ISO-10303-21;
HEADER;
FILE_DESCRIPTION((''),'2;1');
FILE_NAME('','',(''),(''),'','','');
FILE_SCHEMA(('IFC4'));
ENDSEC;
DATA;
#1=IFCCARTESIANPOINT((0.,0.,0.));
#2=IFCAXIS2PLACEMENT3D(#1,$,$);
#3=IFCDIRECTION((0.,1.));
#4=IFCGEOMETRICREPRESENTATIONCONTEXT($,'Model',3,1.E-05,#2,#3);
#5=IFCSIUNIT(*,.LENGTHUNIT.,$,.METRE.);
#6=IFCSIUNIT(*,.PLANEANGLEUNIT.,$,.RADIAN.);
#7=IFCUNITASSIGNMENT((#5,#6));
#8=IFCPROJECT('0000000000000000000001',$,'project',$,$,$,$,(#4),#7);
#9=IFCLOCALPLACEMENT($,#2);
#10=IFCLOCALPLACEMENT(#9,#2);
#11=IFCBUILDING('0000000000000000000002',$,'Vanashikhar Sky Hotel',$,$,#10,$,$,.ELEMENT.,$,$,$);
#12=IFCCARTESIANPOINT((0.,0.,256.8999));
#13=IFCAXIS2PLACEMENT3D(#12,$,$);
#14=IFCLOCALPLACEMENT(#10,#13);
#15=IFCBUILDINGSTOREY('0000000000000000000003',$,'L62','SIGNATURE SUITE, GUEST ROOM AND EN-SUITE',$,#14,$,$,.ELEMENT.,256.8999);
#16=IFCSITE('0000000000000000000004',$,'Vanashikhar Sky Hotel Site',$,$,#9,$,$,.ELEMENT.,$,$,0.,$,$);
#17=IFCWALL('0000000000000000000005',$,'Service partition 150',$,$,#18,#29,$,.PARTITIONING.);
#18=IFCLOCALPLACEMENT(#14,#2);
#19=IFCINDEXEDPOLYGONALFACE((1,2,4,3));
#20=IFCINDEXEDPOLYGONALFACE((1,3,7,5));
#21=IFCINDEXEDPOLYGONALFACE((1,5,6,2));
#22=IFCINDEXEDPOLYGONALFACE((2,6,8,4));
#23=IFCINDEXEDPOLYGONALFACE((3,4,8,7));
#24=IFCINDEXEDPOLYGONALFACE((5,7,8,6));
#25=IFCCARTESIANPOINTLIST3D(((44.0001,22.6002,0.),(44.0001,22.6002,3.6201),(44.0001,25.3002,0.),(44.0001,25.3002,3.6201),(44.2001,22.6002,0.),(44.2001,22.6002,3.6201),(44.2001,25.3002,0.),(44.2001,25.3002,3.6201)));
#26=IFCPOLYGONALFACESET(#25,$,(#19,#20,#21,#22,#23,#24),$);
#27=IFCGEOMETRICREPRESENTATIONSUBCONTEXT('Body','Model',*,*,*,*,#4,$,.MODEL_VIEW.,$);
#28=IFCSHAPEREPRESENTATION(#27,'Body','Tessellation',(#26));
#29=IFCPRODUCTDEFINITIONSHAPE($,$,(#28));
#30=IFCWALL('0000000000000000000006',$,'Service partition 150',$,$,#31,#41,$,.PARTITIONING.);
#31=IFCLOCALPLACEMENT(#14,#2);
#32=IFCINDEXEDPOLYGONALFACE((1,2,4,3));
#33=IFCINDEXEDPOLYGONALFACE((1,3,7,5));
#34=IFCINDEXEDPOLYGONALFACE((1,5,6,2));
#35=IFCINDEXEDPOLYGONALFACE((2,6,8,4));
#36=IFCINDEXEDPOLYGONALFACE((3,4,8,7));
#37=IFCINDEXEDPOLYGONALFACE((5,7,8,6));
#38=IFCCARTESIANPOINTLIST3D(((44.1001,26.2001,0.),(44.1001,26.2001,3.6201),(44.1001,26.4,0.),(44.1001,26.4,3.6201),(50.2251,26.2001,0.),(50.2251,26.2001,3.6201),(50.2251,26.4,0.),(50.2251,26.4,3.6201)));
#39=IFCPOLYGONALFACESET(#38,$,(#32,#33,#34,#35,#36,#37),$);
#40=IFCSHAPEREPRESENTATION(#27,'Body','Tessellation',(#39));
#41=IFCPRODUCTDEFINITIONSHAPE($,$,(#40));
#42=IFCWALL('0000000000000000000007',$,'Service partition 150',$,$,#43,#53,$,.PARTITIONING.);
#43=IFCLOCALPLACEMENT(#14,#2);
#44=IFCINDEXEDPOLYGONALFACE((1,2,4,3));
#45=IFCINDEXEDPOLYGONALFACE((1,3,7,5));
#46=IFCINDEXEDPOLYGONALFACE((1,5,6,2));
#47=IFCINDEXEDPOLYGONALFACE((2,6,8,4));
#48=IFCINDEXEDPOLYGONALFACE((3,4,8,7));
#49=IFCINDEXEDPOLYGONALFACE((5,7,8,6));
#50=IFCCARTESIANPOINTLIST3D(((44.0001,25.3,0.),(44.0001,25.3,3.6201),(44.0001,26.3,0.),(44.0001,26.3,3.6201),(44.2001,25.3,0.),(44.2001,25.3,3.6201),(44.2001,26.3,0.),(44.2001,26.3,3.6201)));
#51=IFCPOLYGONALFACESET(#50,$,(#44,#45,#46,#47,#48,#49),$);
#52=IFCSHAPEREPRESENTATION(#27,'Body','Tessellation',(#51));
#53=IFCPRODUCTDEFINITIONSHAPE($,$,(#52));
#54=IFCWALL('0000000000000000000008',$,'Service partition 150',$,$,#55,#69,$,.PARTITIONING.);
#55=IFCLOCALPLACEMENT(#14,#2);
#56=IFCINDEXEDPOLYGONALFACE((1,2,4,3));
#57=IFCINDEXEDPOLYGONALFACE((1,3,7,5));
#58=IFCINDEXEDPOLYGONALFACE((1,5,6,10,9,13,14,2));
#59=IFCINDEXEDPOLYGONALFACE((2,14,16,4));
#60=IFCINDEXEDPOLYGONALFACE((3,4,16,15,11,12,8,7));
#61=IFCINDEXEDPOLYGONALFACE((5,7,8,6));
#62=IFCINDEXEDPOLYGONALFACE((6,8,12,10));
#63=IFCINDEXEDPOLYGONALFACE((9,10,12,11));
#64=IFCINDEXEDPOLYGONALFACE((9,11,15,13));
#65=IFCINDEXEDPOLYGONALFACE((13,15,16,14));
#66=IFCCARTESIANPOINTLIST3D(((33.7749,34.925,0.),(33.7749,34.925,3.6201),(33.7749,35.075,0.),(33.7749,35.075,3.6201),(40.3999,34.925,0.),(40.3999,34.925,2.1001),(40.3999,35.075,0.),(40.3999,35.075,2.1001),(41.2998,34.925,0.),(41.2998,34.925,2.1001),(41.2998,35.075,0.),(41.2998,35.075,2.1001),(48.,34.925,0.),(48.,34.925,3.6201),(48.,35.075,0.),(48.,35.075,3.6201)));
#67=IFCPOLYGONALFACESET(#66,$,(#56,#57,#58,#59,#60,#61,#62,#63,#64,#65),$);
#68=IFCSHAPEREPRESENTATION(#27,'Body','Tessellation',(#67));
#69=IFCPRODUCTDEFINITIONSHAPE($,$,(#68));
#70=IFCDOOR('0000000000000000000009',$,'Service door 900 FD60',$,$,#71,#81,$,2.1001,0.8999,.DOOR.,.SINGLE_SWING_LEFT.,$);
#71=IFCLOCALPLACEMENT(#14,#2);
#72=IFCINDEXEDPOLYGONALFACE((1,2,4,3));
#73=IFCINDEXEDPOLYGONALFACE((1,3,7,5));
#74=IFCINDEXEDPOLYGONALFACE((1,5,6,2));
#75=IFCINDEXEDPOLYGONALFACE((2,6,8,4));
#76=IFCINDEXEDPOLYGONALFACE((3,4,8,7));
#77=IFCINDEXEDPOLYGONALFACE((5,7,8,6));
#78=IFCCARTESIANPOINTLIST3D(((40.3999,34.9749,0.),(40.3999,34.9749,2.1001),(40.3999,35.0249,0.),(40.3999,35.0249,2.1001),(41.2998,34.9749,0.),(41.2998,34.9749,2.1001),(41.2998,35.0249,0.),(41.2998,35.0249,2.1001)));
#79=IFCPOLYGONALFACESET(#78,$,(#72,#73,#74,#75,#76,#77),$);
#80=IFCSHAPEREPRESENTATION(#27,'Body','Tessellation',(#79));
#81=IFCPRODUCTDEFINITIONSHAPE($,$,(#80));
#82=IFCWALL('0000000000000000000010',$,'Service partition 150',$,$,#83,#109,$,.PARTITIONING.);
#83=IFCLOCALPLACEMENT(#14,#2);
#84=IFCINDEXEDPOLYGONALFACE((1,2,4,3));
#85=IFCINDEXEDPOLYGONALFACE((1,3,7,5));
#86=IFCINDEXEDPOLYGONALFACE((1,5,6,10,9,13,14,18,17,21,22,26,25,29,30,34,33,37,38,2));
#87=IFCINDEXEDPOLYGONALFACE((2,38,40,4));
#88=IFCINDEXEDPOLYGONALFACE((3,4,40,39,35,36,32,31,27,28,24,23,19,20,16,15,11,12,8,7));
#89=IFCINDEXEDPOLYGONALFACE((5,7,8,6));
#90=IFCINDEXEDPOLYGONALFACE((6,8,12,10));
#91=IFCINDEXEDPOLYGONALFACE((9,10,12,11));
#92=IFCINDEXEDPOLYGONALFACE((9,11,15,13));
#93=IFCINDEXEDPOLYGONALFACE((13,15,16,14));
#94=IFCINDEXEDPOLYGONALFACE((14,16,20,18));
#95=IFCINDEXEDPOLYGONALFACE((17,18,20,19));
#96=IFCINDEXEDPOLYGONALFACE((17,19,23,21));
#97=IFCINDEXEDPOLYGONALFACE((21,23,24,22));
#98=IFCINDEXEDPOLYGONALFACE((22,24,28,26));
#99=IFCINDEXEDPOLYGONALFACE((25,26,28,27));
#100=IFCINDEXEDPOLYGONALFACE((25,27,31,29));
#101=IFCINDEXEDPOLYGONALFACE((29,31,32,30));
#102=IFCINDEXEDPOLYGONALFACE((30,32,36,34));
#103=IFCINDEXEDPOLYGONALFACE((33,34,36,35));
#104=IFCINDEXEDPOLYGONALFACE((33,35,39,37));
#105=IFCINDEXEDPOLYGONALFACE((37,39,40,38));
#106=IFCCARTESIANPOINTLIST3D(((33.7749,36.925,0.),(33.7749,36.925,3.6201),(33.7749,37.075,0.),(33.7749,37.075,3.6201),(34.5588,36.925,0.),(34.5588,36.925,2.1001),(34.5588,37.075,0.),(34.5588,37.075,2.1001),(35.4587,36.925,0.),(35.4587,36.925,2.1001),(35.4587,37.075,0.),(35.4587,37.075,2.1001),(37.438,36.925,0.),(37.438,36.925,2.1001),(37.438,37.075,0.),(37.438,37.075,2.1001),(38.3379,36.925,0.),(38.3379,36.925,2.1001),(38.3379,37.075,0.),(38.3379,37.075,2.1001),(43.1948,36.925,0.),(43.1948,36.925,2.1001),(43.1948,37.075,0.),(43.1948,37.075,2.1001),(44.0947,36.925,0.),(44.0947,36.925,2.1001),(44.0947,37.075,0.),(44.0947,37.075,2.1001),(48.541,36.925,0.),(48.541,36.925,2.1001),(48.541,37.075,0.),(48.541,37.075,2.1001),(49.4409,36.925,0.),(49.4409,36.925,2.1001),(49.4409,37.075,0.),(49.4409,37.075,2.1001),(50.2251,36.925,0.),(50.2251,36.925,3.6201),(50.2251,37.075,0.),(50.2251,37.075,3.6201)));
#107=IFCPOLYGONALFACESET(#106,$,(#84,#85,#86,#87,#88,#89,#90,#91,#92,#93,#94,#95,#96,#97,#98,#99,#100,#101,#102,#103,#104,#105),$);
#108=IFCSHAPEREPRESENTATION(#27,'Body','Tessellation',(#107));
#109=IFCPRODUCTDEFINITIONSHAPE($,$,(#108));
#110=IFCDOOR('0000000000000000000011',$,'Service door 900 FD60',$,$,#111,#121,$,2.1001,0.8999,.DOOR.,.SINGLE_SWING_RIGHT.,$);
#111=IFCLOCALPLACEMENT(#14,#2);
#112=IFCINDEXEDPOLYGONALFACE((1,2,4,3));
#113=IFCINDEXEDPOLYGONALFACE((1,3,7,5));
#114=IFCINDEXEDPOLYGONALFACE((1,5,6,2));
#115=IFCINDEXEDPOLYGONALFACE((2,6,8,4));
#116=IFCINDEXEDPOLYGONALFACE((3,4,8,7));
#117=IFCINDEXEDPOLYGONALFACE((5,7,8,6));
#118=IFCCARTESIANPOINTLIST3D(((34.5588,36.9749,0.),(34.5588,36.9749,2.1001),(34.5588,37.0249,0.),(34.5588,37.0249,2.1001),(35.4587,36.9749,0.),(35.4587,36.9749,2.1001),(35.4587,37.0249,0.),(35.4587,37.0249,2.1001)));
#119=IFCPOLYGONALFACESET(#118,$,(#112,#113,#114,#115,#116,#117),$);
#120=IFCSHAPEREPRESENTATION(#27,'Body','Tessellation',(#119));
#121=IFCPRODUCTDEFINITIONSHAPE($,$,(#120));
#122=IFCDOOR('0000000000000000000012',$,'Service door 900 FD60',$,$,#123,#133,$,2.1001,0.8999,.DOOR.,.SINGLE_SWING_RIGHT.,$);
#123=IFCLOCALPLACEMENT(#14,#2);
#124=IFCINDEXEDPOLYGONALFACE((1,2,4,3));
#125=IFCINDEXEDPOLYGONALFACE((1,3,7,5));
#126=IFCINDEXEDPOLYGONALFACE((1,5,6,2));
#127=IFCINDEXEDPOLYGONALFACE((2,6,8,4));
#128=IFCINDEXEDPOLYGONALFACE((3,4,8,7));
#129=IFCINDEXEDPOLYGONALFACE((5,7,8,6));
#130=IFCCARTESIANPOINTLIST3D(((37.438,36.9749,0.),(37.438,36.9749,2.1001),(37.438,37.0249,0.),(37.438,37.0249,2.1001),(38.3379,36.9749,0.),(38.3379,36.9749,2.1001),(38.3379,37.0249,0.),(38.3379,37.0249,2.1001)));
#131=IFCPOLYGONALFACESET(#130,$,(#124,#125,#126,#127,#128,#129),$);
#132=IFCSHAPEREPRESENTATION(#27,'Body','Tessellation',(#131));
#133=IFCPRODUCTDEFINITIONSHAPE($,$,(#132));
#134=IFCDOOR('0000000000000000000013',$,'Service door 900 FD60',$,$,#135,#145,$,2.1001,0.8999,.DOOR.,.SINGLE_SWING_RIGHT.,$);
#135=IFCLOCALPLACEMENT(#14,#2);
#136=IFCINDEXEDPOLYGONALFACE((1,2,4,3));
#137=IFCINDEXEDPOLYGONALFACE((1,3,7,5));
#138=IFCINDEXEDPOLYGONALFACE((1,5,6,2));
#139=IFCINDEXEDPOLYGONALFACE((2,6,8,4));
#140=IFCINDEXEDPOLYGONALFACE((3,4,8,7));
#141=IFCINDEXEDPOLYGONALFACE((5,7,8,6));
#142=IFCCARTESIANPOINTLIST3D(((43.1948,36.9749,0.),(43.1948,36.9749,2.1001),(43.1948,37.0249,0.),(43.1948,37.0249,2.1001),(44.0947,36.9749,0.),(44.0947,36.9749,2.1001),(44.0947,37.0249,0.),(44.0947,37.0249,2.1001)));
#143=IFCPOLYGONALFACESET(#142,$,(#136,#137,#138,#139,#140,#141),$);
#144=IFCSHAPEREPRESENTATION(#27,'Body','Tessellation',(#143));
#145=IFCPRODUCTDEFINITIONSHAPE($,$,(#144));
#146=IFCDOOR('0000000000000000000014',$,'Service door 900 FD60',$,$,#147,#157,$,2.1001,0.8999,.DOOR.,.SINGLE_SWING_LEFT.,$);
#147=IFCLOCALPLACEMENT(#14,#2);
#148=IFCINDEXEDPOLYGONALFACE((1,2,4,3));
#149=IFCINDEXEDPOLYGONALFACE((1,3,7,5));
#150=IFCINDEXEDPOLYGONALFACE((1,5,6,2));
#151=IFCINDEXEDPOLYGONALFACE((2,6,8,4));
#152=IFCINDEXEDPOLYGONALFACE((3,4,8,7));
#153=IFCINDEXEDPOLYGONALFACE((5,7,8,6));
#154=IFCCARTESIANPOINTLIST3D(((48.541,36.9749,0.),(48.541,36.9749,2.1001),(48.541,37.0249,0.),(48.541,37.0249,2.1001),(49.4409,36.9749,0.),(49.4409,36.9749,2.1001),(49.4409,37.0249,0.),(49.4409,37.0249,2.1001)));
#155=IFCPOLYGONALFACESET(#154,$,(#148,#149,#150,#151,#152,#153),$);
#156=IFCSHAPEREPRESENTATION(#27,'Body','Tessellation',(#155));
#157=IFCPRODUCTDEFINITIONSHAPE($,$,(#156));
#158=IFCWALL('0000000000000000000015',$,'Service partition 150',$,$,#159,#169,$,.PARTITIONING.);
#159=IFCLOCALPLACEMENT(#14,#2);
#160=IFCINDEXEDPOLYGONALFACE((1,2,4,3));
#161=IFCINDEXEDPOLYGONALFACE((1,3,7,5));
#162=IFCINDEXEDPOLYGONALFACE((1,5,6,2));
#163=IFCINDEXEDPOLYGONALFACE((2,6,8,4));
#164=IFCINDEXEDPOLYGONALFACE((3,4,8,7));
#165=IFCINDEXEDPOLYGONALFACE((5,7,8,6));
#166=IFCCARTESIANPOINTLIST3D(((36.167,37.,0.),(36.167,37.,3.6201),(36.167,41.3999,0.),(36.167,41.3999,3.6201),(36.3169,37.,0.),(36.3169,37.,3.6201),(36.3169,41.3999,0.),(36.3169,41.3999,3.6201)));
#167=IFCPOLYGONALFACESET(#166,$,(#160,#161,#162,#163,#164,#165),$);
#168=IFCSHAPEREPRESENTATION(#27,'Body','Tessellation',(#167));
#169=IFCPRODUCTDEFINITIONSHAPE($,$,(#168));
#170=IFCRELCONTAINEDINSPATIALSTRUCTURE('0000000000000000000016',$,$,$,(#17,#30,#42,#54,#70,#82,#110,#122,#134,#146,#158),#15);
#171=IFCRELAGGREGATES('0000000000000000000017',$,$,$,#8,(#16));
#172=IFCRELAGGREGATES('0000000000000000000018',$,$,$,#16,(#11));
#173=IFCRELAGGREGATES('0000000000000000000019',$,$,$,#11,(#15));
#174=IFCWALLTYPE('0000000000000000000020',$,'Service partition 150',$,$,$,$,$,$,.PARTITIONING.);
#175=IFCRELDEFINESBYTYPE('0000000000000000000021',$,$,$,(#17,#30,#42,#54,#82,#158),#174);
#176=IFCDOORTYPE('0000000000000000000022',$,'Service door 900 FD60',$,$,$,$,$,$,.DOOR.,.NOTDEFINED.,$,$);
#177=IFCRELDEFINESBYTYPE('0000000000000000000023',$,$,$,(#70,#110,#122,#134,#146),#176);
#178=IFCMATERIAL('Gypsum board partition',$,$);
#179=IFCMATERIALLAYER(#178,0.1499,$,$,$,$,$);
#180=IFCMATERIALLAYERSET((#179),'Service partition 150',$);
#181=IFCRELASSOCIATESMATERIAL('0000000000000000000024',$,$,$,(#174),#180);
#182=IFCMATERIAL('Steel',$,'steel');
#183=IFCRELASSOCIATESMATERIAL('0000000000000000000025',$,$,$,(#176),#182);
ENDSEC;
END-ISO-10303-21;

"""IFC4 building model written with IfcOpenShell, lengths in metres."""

from ifc_helpers import new_model, si_unit, direction, frame, frame_2d, origin, place, context, subcontext, project, spatial, rectangle, extrude, source, transform, mapped, material, layer, layer_set, type_object, element, fill, save


model = new_model("IFC4")

# Units and contexts
model_context = context("Model", 3, precision=1e-05, world=origin(), true_north=direction((0.0, 1.0)))
body_context = subcontext(model_context, "Body", "Model", "MODEL_VIEW")
ifc_project = project(units=[si_unit("LENGTHUNIT", "METRE"), si_unit("PLANEANGLEUNIT", "RADIAN")], contexts=[model_context])

# Site, building, storey
site_placement = place(None, origin())
site = spatial("IfcSite", under=ifc_project, at=site_placement, Name="Vanashikhar Sky Hotel Site", CompositionType="ELEMENT", RefElevation=0.0)
building_placement = place(site_placement, origin())
building = spatial("IfcBuilding", under=site, at=building_placement, Name="Vanashikhar Sky Hotel", CompositionType="ELEMENT")
storey_placement = place(building_placement, frame((0.0, 0.0, 256.8999)))
storey = spatial("IfcBuildingStorey", under=building, at=storey_placement, Name="L62", Description="SIGNATURE SUITE, GUEST ROOM AND EN-SUITE", CompositionType="ELEMENT", Elevation=256.8999)

# Shared definitions
ifc_material_1 = material(Name="Steel", Category="steel")

# Shared definitions
ifc_material_2 = material(Name="Gypsum board partition")
ifc_layer_1 = layer(ifc_material_2, 0.1499)
ifc_layer_set_1 = layer_set([ifc_layer_1], Name="Service partition 150")
wall_type_1 = type_object("IfcWallType", Name="Service partition 150", PredefinedType="PARTITIONING", material=ifc_layer_set_1)
door_type_1 = type_object("IfcDoorType", Name="Service door 900 FD60", OperationType="NOTDEFINED", PredefinedType="DOOR", material=ifc_material_1)
shared_shape_1 = source(origin(), body_context, "Body", "SweptSolid", [
    extrude(rectangle(XDim=0.8999, YDim=2.1001, at=frame_2d((0.45, 1.05))), frame((0.0, 0.0249, 0.0), z_axis=(0.0, -1.0, 0.0), x_axis=(1.0, 0.0, 0.0)), (0.0, 0.0, 1.0), 0.05),
])

# Walls
shared_shape_2 = source(origin(), body_context, "Body", "SweptSolid", [
    extrude(rectangle(XDim=2.7, YDim=0.2, at=frame_2d((1.3501, 0.0))), origin(), (0.0, 0.0, 1.0), 3.6201),
])
wall_1_placement = place(storey_placement, frame((44.1001, 22.6001, 0.0), z_axis=(0.0, 0.0, 1.0), x_axis=(0.0, 1.0, 0.0)))
element("IfcWall", 1, at=wall_1_placement, inside=storey, type_object=wall_type_1, Name="Service partition 150", PredefinedType="PARTITIONING", context=body_context, shape_type="MappedRepresentation", body=[
    mapped(shared_shape_2, transform((0.0, 0.0, 0.0), scale=1.0)),
])
shared_shape_3 = source(origin(), body_context, "Body", "SweptSolid", [
    extrude(rectangle(XDim=6.125, YDim=0.2, at=frame_2d((3.0625, 0.0))), origin(), (0.0, 0.0, 1.0), 3.6201),
])
wall_2_placement = place(storey_placement, frame((44.1001, 26.3, 0.0), z_axis=(0.0, 0.0, 1.0), x_axis=(1.0, 0.0, 0.0)))
element("IfcWall", 2, at=wall_2_placement, inside=storey, type_object=wall_type_1, Name="Service partition 150", PredefinedType="PARTITIONING", context=body_context, shape_type="MappedRepresentation", body=[
    mapped(shared_shape_3, transform((0.0, 0.0, 0.0), scale=1.0)),
])
shared_shape_4 = source(origin(), body_context, "Body", "SweptSolid", [
    extrude(rectangle(XDim=1.0, YDim=0.2, at=frame_2d((0.5, 0.0))), origin(), (0.0, 0.0, 1.0), 3.6201),
])
wall_3_placement = place(storey_placement, frame((44.1001, 25.3, 0.0), z_axis=(0.0, 0.0, 1.0), x_axis=(0.0, 1.0, 0.0)))
element("IfcWall", 3, at=wall_3_placement, inside=storey, type_object=wall_type_1, Name="Service partition 150", PredefinedType="PARTITIONING", context=body_context, shape_type="MappedRepresentation", body=[
    mapped(shared_shape_4, transform((0.0, 0.0, 0.0), scale=1.0)),
])

# Wall, opening, door
shared_shape_5 = source(origin(), body_context, "Body", "SweptSolid", [
    extrude(rectangle(XDim=14.2251, YDim=0.1499, at=frame_2d((7.1125, 0.0))), origin(), (0.0, 0.0, 1.0), 3.6201),
])
wall_4_placement = place(storey_placement, frame((33.7749, 35.0, 0.0), z_axis=(0.0, 0.0, 1.0), x_axis=(1.0, 0.0, 0.0)))
wall_4 = element("IfcWall", 4, at=wall_4_placement, inside=storey, type_object=wall_type_1, Name="Service partition 150", PredefinedType="PARTITIONING", context=body_context, shape_type="MappedRepresentation", body=[
    mapped(shared_shape_5, transform((0.0, 0.0, 0.0), scale=1.0)),
])
shared_shape_6 = source(origin(), body_context, "Body", "SweptSolid", [
    extrude(rectangle(XDim=0.8999, YDim=2.1001, at=frame_2d((0.45, 1.05))), frame((0.0, 0.085, 0.0), z_axis=(0.0, -1.0, 0.0), x_axis=(1.0, 0.0, 0.0)), (0.0, 0.0, 1.0), 0.1699),
])
opening_1_placement = place(wall_4_placement, frame((6.625, 0.0, 0.0)))
opening_1 = element("IfcOpeningElement", 5, at=opening_1_placement, cuts=wall_4, PredefinedType="OPENING", context=body_context, shape_type="MappedRepresentation", body=[
    mapped(shared_shape_6, transform((0.0, 0.0, 0.0), scale=1.0)),
])
door_1_placement = place(opening_1_placement, origin())
door_1 = element("IfcDoor", 6, at=door_1_placement, inside=storey, type_object=door_type_1, Name="Service door 900 FD60", OperationType="SINGLE_SWING_LEFT", OverallHeight=2.1001, OverallWidth=0.8999, PredefinedType="DOOR", context=body_context, shape_type="MappedRepresentation", body=[
    mapped(shared_shape_1, transform((0.0, 0.0, 0.0), scale=1.0)),
])
fill(opening_1, door_1)

# Wall, openings, doors
shared_shape_7 = source(origin(), body_context, "Body", "SweptSolid", [
    extrude(rectangle(XDim=16.4502, YDim=0.1499, at=frame_2d((8.2251, 0.0))), origin(), (0.0, 0.0, 1.0), 3.6201),
])
wall_5_placement = place(storey_placement, frame((33.7749, 37.0, 0.0), z_axis=(0.0, 0.0, 1.0), x_axis=(1.0, 0.0, 0.0)))
wall_5 = element("IfcWall", 7, at=wall_5_placement, inside=storey, type_object=wall_type_1, Name="Service partition 150", PredefinedType="PARTITIONING", context=body_context, shape_type="MappedRepresentation", body=[
    mapped(shared_shape_7, transform((0.0, 0.0, 0.0), scale=1.0)),
])
opening_2_placement = place(wall_5_placement, frame((0.7839, 0.0, 0.0)))
opening_2 = element("IfcOpeningElement", 8, at=opening_2_placement, cuts=wall_5, PredefinedType="OPENING", context=body_context, shape_type="MappedRepresentation", body=[
    mapped(shared_shape_6, transform((0.0, 0.0, 0.0), scale=1.0)),
])
opening_3_placement = place(wall_5_placement, frame((3.6631, 0.0, 0.0)))
opening_3 = element("IfcOpeningElement", 9, at=opening_3_placement, cuts=wall_5, PredefinedType="OPENING", context=body_context, shape_type="MappedRepresentation", body=[
    mapped(shared_shape_6, transform((0.0, 0.0, 0.0), scale=1.0)),
])
opening_4_placement = place(wall_5_placement, frame((9.4199, 0.0, 0.0)))
opening_4 = element("IfcOpeningElement", 10, at=opening_4_placement, cuts=wall_5, PredefinedType="OPENING", context=body_context, shape_type="MappedRepresentation", body=[
    mapped(shared_shape_6, transform((0.0, 0.0, 0.0), scale=1.0)),
])
opening_5_placement = place(wall_5_placement, frame((14.7661, 0.0, 0.0)))
opening_5 = element("IfcOpeningElement", 11, at=opening_5_placement, cuts=wall_5, PredefinedType="OPENING", context=body_context, shape_type="MappedRepresentation", body=[
    mapped(shared_shape_6, transform((0.0, 0.0, 0.0), scale=1.0)),
])
door_2_placement = place(opening_2_placement, origin())
door_2 = element("IfcDoor", 12, at=door_2_placement, inside=storey, type_object=door_type_1, Name="Service door 900 FD60", OperationType="SINGLE_SWING_RIGHT", OverallHeight=2.1001, OverallWidth=0.8999, PredefinedType="DOOR", context=body_context, shape_type="MappedRepresentation", body=[
    mapped(shared_shape_1, transform((0.0, 0.0, 0.0), scale=1.0)),
])
fill(opening_2, door_2)
door_3_placement = place(opening_3_placement, origin())
door_3 = element("IfcDoor", 13, at=door_3_placement, inside=storey, type_object=door_type_1, Name="Service door 900 FD60", OperationType="SINGLE_SWING_RIGHT", OverallHeight=2.1001, OverallWidth=0.8999, PredefinedType="DOOR", context=body_context, shape_type="MappedRepresentation", body=[
    mapped(shared_shape_1, transform((0.0, 0.0, 0.0), scale=1.0)),
])
fill(opening_3, door_3)
door_4_placement = place(opening_4_placement, origin())
door_4 = element("IfcDoor", 14, at=door_4_placement, inside=storey, type_object=door_type_1, Name="Service door 900 FD60", OperationType="SINGLE_SWING_RIGHT", OverallHeight=2.1001, OverallWidth=0.8999, PredefinedType="DOOR", context=body_context, shape_type="MappedRepresentation", body=[
    mapped(shared_shape_1, transform((0.0, 0.0, 0.0), scale=1.0)),
])
fill(opening_4, door_4)
door_5_placement = place(opening_5_placement, origin())
door_5 = element("IfcDoor", 15, at=door_5_placement, inside=storey, type_object=door_type_1, Name="Service door 900 FD60", OperationType="SINGLE_SWING_LEFT", OverallHeight=2.1001, OverallWidth=0.8999, PredefinedType="DOOR", context=body_context, shape_type="MappedRepresentation", body=[
    mapped(shared_shape_1, transform((0.0, 0.0, 0.0), scale=1.0)),
])
fill(opening_5, door_5)

# Wall
shared_shape_8 = source(origin(), body_context, "Body", "SweptSolid", [
    extrude(rectangle(XDim=4.3999, YDim=0.1499, at=frame_2d((2.2, 0.0))), origin(), (0.0, 0.0, 1.0), 3.6201),
])
for number, where, z_axis, x_axis, name in (
    (16, (36.2419, 37.0, 0.0), (0.0, 0.0, 1.0), (0.0, 1.0, 0.0), "Service partition 150"),
):
    element("IfcWall", number, at=place(storey_placement, frame(where, z_axis=z_axis, x_axis=x_axis)), inside=storey, type_object=wall_type_1, Name=name, PredefinedType="PARTITIONING", context=body_context, shape_type="MappedRepresentation", body=[
        mapped(shared_shape_8, transform((0.0, 0.0, 0.0), scale=1.0)),
    ])

save(model, "model.ifc")
